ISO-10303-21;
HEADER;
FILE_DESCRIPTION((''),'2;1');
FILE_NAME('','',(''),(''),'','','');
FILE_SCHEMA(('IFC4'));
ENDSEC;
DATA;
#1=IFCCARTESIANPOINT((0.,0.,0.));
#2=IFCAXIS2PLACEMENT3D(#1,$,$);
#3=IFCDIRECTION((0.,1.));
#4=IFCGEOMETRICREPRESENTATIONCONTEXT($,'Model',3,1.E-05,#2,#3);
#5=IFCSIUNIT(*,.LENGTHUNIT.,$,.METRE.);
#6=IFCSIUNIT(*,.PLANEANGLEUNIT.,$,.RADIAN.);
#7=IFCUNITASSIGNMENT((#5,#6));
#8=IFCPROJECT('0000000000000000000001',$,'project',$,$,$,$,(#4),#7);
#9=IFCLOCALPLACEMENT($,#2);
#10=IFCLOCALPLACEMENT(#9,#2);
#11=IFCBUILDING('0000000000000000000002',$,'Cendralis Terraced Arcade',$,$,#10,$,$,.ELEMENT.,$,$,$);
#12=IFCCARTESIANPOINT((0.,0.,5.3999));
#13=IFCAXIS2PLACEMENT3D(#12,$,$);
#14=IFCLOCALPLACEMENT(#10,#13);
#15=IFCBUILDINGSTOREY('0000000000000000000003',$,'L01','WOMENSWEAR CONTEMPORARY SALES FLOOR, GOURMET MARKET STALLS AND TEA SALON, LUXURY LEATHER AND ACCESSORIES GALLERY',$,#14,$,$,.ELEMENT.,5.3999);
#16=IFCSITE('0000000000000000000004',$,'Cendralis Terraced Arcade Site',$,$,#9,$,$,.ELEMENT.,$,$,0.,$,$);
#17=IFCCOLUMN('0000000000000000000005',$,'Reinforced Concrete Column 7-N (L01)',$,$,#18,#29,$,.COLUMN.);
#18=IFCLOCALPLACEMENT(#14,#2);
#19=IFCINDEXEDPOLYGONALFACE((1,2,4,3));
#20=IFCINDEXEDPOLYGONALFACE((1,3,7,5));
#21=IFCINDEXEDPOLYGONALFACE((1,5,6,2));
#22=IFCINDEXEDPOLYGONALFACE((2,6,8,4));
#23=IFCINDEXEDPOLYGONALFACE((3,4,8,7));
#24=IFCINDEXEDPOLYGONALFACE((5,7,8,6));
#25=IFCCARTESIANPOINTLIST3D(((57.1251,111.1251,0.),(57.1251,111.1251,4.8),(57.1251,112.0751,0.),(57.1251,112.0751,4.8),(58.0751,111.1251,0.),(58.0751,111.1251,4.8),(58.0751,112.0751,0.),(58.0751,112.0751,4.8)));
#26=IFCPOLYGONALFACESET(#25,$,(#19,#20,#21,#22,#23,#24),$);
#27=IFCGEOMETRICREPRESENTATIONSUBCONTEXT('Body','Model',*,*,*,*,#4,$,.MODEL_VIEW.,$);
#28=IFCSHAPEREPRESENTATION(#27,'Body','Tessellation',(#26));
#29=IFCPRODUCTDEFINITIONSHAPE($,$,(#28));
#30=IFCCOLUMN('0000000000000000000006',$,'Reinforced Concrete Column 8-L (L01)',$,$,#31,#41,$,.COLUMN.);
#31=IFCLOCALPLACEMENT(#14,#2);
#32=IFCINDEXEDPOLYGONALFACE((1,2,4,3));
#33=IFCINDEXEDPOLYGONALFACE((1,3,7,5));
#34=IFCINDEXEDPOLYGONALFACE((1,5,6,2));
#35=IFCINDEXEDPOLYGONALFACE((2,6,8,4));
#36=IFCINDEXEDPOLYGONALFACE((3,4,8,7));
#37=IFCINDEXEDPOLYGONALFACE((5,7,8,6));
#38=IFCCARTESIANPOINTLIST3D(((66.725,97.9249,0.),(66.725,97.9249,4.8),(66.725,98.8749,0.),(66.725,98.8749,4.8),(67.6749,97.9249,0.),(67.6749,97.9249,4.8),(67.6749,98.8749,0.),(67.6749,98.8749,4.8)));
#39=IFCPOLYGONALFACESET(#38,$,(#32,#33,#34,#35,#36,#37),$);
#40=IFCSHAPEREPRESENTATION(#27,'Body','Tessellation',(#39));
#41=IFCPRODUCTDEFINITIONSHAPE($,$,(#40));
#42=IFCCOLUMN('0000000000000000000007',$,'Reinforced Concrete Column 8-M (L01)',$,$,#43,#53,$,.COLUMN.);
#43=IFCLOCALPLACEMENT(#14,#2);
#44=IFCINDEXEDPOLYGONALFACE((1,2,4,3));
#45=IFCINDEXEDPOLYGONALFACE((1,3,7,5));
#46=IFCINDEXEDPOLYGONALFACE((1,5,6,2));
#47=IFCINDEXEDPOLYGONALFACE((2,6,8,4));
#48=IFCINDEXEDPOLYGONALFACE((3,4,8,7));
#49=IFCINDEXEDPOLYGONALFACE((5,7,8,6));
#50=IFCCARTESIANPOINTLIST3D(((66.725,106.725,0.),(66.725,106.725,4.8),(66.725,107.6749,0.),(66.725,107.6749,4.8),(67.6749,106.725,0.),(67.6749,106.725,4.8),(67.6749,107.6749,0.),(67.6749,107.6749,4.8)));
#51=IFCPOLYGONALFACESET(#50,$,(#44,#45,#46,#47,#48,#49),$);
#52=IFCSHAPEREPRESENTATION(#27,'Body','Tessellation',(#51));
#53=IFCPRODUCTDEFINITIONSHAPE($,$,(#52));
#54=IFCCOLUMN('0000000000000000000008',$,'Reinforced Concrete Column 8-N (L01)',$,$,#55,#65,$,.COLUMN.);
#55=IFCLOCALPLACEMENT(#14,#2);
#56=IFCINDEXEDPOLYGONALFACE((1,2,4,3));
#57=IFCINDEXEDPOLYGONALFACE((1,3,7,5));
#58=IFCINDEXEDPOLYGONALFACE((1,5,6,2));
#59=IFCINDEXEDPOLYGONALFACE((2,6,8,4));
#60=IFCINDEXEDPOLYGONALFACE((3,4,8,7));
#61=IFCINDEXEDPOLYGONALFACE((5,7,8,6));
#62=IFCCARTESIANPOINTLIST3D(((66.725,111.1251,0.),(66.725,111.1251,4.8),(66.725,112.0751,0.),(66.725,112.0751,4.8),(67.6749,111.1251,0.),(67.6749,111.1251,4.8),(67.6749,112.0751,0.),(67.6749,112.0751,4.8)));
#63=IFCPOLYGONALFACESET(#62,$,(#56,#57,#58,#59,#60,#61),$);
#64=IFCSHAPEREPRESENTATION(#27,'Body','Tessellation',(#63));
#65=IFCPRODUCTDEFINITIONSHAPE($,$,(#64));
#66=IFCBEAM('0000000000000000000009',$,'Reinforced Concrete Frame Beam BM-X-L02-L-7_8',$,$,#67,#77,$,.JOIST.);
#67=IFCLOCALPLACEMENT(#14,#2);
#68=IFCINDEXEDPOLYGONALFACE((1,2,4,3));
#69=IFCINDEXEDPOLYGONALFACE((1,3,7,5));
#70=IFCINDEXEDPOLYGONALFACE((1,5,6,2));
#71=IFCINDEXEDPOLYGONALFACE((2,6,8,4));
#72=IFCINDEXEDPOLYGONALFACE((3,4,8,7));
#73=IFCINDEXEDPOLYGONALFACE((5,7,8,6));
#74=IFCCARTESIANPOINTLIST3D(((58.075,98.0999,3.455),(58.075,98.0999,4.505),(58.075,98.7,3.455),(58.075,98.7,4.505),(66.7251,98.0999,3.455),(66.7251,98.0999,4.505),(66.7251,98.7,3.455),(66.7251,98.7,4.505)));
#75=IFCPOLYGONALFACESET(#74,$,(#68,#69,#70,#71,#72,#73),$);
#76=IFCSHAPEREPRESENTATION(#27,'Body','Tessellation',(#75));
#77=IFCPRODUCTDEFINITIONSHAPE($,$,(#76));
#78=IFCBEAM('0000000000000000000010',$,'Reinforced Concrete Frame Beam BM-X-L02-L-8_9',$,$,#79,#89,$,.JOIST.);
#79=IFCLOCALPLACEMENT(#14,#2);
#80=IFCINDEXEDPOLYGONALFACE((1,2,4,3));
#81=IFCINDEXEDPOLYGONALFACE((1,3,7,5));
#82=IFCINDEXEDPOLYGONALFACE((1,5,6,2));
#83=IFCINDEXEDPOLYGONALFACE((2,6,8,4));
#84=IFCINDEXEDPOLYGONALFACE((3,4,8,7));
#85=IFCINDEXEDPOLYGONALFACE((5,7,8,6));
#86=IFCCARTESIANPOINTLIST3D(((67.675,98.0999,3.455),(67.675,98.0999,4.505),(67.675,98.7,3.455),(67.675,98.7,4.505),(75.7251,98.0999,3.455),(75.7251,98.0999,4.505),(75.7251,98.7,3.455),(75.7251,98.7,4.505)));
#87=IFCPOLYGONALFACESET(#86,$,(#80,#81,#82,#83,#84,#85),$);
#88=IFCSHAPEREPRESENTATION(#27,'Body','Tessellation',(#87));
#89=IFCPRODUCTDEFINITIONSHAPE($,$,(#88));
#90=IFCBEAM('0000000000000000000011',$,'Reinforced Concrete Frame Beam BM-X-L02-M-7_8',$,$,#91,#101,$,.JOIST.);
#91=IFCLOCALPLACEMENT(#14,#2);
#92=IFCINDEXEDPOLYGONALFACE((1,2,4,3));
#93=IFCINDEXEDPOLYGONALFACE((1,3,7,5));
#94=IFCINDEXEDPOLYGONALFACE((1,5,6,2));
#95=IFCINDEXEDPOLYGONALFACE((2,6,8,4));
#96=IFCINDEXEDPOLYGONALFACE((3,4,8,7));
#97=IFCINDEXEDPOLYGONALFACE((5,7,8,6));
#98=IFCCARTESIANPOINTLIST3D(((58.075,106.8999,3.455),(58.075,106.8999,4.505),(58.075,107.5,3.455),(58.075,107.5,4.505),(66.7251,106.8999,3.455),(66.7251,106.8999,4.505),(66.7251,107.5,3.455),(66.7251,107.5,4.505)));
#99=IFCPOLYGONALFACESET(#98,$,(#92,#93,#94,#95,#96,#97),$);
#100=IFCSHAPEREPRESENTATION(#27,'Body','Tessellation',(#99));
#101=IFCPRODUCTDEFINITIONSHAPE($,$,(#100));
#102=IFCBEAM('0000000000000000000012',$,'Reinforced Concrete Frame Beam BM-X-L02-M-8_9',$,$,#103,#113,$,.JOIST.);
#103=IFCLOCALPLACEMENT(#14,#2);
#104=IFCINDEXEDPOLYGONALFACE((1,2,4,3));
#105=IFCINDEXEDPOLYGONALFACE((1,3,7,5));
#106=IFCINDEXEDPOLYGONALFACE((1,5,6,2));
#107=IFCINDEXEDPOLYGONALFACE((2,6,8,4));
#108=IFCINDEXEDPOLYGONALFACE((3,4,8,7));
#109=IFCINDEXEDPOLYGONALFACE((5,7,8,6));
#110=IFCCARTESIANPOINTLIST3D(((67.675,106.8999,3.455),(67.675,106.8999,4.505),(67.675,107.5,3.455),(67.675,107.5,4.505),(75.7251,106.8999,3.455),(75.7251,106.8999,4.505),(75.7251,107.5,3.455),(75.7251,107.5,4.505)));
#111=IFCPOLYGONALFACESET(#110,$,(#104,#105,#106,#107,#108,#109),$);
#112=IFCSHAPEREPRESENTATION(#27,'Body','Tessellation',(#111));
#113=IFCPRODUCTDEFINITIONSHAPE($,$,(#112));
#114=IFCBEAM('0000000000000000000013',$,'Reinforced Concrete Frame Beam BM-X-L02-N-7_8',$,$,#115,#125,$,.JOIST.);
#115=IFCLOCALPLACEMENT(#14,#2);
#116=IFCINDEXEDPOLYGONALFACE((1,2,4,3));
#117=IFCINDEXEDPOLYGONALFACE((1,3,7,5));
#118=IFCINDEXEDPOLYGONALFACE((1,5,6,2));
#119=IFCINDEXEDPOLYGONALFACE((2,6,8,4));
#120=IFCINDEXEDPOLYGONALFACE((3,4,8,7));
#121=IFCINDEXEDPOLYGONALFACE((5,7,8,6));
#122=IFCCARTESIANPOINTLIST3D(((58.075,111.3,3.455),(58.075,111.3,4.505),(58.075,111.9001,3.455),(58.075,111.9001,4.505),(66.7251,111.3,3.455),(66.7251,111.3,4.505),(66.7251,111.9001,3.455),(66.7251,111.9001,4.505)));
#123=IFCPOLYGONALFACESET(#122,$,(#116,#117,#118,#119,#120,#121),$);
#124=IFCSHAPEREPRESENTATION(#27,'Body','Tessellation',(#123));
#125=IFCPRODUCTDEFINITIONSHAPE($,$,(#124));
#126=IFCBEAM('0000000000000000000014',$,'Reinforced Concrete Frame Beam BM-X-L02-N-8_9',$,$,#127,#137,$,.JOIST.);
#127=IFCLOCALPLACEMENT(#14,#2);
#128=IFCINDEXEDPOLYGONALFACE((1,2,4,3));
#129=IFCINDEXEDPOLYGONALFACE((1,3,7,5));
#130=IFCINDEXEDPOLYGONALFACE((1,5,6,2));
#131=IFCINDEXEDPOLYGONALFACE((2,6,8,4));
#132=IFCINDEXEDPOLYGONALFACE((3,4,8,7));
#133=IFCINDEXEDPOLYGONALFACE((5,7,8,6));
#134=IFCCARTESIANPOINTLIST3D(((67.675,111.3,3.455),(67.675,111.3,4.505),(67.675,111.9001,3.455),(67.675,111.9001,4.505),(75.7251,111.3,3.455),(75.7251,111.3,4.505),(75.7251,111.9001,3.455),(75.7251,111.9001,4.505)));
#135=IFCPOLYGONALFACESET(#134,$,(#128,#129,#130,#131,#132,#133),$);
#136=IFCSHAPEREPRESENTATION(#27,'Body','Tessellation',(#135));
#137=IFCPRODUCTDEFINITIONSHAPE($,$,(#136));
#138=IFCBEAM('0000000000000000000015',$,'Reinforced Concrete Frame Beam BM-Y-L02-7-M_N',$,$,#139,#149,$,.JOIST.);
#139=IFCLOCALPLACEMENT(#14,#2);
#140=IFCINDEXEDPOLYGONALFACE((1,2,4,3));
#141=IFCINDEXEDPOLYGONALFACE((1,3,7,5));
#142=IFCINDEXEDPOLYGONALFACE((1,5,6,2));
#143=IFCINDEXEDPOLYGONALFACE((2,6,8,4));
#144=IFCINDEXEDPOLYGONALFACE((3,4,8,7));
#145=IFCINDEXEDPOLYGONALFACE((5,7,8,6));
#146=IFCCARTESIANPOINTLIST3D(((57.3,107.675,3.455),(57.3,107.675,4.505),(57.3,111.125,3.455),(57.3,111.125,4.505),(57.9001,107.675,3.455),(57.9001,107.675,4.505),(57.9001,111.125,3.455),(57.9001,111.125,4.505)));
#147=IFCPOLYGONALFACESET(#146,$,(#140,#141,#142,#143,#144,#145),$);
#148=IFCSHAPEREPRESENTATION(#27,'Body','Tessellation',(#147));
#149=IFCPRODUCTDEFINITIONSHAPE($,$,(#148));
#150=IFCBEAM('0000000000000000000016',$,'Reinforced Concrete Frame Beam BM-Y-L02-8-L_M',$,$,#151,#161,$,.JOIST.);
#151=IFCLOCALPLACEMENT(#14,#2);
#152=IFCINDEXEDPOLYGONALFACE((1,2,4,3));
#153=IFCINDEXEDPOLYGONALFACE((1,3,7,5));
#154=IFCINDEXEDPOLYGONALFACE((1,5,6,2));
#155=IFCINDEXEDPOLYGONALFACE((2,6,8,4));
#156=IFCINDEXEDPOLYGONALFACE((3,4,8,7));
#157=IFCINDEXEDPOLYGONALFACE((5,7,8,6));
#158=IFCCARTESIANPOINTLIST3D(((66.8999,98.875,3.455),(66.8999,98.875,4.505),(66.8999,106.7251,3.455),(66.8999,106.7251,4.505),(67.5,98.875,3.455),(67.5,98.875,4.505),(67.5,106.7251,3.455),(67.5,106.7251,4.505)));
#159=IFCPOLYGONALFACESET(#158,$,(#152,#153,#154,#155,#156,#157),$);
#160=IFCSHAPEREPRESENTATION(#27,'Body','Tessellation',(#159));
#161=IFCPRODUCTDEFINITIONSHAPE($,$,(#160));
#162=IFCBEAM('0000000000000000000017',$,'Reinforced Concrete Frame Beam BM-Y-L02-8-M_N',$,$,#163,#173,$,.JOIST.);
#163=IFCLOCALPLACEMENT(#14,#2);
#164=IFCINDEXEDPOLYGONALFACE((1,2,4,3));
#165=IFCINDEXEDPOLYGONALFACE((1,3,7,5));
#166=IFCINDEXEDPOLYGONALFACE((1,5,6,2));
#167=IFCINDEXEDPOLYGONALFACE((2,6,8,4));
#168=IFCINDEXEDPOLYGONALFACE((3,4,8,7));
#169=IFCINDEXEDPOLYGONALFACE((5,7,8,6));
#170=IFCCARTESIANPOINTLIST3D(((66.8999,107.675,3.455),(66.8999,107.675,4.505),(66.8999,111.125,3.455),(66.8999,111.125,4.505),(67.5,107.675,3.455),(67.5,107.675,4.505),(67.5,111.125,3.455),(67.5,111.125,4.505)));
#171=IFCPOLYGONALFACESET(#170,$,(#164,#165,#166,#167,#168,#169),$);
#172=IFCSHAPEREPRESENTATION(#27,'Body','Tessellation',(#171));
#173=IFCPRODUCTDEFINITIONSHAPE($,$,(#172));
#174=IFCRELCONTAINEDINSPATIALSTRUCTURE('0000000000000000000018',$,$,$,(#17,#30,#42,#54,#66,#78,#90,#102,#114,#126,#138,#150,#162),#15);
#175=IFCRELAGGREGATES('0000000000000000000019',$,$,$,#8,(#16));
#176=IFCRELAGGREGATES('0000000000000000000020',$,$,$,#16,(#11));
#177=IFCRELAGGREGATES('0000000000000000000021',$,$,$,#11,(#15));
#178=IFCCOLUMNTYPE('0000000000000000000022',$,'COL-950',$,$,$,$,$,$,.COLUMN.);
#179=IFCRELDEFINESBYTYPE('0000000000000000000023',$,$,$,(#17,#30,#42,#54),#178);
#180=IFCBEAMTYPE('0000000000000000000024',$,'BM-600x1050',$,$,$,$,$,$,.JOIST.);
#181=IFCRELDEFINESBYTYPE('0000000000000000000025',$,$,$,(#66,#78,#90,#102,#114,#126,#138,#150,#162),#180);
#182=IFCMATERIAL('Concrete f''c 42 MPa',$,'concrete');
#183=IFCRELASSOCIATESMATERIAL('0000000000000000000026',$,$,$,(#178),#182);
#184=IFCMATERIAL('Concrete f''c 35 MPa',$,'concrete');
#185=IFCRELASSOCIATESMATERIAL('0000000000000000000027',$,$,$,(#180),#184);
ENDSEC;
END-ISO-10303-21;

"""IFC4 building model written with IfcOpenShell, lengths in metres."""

from ifc_helpers import new_model, si_unit, direction, frame, origin, origin_2d, place, context, subcontext, project, spatial, rectangle, extrude, material, material_profile, profile_set, type_object, element, save


model = new_model("IFC4")

# Units and contexts
model_context = context("Model", 3, precision=1e-05, world=origin(), true_north=direction((0.0, 1.0)))
body_context = subcontext(model_context, "Body", "Model", "MODEL_VIEW")
ifc_project = project(units=[si_unit("LENGTHUNIT", "METRE"), si_unit("PLANEANGLEUNIT", "RADIAN")], contexts=[model_context])

# Site, building, storey
site_placement = place(None, origin())
site = spatial("IfcSite", under=ifc_project, at=site_placement, Name="Cendralis Terraced Arcade Site", CompositionType="ELEMENT", RefElevation=0.0)
building_placement = place(site_placement, origin())
building = spatial("IfcBuilding", under=site, at=building_placement, Name="Cendralis Terraced Arcade", CompositionType="ELEMENT")
storey_placement = place(building_placement, frame((0.0, 0.0, 5.3999)))
storey = spatial("IfcBuildingStorey", under=building, at=storey_placement, Name="L01", Description="WOMENSWEAR CONTEMPORARY SALES FLOOR, GOURMET MARKET STALLS AND TEA SALON, LUXURY LEATHER AND ACCESSORIES GALLERY", CompositionType="ELEMENT", Elevation=5.3999)

# Columns
ifc_material_1 = material(Name="Concrete f'c 42 MPa", Category="concrete")
ifc_material_profile_1 = material_profile(ifc_material_1, rectangle(XDim=0.95, YDim=0.95, at=origin_2d()), Name="RC-COL-950x950", Category="LoadBearing")
ifc_profile_set_1 = profile_set([ifc_material_profile_1], Name="Concrete f'c 42 MPa")
column_type = type_object("IfcColumnType", Name="COL-950", PredefinedType="COLUMN", material=ifc_profile_set_1)
for number, where, z_axis, x_axis, name in (
    (1, (57.6001, 111.6001, 0.0), (0.0, 0.0, 1.0), (1.0, 0.0, 0.0), "Reinforced Concrete Column 7-N (L01)"),
    (2, (67.2, 98.3999, 0.0), (0.0, 0.0, 1.0), (1.0, 0.0, 0.0), "Reinforced Concrete Column 8-L (L01)"),
    (3, (67.2, 107.2, 0.0), (0.0, 0.0, 1.0), (1.0, 0.0, 0.0), "Reinforced Concrete Column 8-M (L01)"),
    (4, (67.2, 111.6001, 0.0), (0.0, 0.0, 1.0), (1.0, 0.0, 0.0), "Reinforced Concrete Column 8-N (L01)"),
):
    element("IfcColumn", number, at=place(storey_placement, frame(where, z_axis=z_axis, x_axis=x_axis)), inside=storey, type_object=column_type, Name=name, PredefinedType="COLUMN", context=body_context, shape_type="SweptSolid", body=[
        extrude(rectangle(XDim=0.95, YDim=0.95, at=origin_2d()), origin(), (0.0, 0.0, 1.0), 4.8),
    ])

# Beams
ifc_material_2 = material(Name="Concrete f'c 35 MPa", Category="concrete")
ifc_material_profile_2 = material_profile(ifc_material_2, rectangle(XDim=0.6001, YDim=1.05, at=origin_2d()), Name="RC-BM-600x1050", Category="LoadBearing")
ifc_profile_set_2 = profile_set([ifc_material_profile_2], Name="Concrete f'c 35 MPa")
beam_type = type_object("IfcBeamType", Name="BM-600x1050", PredefinedType="JOIST", material=ifc_profile_set_2)
beam_1_placement = place(storey_placement, frame((58.075, 98.3999, 3.98), z_axis=(1.0, 0.0, 0.0), x_axis=(0.0, 1.0, 0.0)))
element("IfcBeam", 5, at=beam_1_placement, inside=storey, type_object=beam_type, Name="Reinforced Concrete Frame Beam BM-X-L02-L-7_8", PredefinedType="JOIST", context=body_context, shape_type="SweptSolid", body=[
    extrude(rectangle(XDim=0.6001, YDim=1.05, at=origin_2d()), origin(), (0.0, 0.0, 1.0), 8.6501),
])
beam_2_placement = place(storey_placement, frame((67.675, 98.3999, 3.98), z_axis=(1.0, 0.0, 0.0), x_axis=(0.0, 1.0, 0.0)))
element("IfcBeam", 6, at=beam_2_placement, inside=storey, type_object=beam_type, Name="Reinforced Concrete Frame Beam BM-X-L02-L-8_9", PredefinedType="JOIST", context=body_context, shape_type="SweptSolid", body=[
    extrude(rectangle(XDim=0.6001, YDim=1.05, at=origin_2d()), origin(), (0.0, 0.0, 1.0), 8.05),
])
beam_3_placement = place(storey_placement, frame((58.075, 107.2, 3.98), z_axis=(1.0, 0.0, 0.0), x_axis=(0.0, 1.0, 0.0)))
element("IfcBeam", 7, at=beam_3_placement, inside=storey, type_object=beam_type, Name="Reinforced Concrete Frame Beam BM-X-L02-M-7_8", PredefinedType="JOIST", context=body_context, shape_type="SweptSolid", body=[
    extrude(rectangle(XDim=0.6001, YDim=1.05, at=origin_2d()), origin(), (0.0, 0.0, 1.0), 8.6501),
])
beam_4_placement = place(storey_placement, frame((67.675, 107.2, 3.98), z_axis=(1.0, 0.0, 0.0), x_axis=(0.0, 1.0, 0.0)))
element("IfcBeam", 8, at=beam_4_placement, inside=storey, type_object=beam_type, Name="Reinforced Concrete Frame Beam BM-X-L02-M-8_9", PredefinedType="JOIST", context=body_context, shape_type="SweptSolid", body=[
    extrude(rectangle(XDim=0.6001, YDim=1.05, at=origin_2d()), origin(), (0.0, 0.0, 1.0), 8.05),
])
beam_5_placement = place(storey_placement, frame((58.075, 111.6001, 3.98), z_axis=(1.0, 0.0, 0.0), x_axis=(0.0, 1.0, 0.0)))
element("IfcBeam", 9, at=beam_5_placement, inside=storey, type_object=beam_type, Name="Reinforced Concrete Frame Beam BM-X-L02-N-7_8", PredefinedType="JOIST", context=body_context, shape_type="SweptSolid", body=[
    extrude(rectangle(XDim=0.6001, YDim=1.05, at=origin_2d()), origin(), (0.0, 0.0, 1.0), 8.6501),
])
beam_6_placement = place(storey_placement, frame((67.675, 111.6001, 3.98), z_axis=(1.0, 0.0, 0.0), x_axis=(0.0, 1.0, 0.0)))
element("IfcBeam", 10, at=beam_6_placement, inside=storey, type_object=beam_type, Name="Reinforced Concrete Frame Beam BM-X-L02-N-8_9", PredefinedType="JOIST", context=body_context, shape_type="SweptSolid", body=[
    extrude(rectangle(XDim=0.6001, YDim=1.05, at=origin_2d()), origin(), (0.0, 0.0, 1.0), 8.05),
])
beam_7_placement = place(storey_placement, frame((57.6001, 107.675, 3.98), z_axis=(0.0, 1.0, 0.0), x_axis=(-1.0, 0.0, 0.0)))
element("IfcBeam", 11, at=beam_7_placement, inside=storey, type_object=beam_type, Name="Reinforced Concrete Frame Beam BM-Y-L02-7-M_N", PredefinedType="JOIST", context=body_context, shape_type="SweptSolid", body=[
    extrude(rectangle(XDim=0.6001, YDim=1.05, at=origin_2d()), origin(), (0.0, 0.0, 1.0), 3.45),
])
beam_8_placement = place(storey_placement, frame((67.2, 98.875, 3.98), z_axis=(0.0, 1.0, 0.0), x_axis=(-1.0, 0.0, 0.0)))
element("IfcBeam", 12, at=beam_8_placement, inside=storey, type_object=beam_type, Name="Reinforced Concrete Frame Beam BM-Y-L02-8-L_M", PredefinedType="JOIST", context=body_context, shape_type="SweptSolid", body=[
    extrude(rectangle(XDim=0.6001, YDim=1.05, at=origin_2d()), origin(), (0.0, 0.0, 1.0), 7.8501),
])
beam_9_placement = place(storey_placement, frame((67.2, 107.675, 3.98), z_axis=(0.0, 1.0, 0.0), x_axis=(-1.0, 0.0, 0.0)))
element("IfcBeam", 13, at=beam_9_placement, inside=storey, type_object=beam_type, Name="Reinforced Concrete Frame Beam BM-Y-L02-8-M_N", PredefinedType="JOIST", context=body_context, shape_type="SweptSolid", body=[
    extrude(rectangle(XDim=0.6001, YDim=1.05, at=origin_2d()), origin(), (0.0, 0.0, 1.0), 3.45),
])

save(model, "model.ifc")
